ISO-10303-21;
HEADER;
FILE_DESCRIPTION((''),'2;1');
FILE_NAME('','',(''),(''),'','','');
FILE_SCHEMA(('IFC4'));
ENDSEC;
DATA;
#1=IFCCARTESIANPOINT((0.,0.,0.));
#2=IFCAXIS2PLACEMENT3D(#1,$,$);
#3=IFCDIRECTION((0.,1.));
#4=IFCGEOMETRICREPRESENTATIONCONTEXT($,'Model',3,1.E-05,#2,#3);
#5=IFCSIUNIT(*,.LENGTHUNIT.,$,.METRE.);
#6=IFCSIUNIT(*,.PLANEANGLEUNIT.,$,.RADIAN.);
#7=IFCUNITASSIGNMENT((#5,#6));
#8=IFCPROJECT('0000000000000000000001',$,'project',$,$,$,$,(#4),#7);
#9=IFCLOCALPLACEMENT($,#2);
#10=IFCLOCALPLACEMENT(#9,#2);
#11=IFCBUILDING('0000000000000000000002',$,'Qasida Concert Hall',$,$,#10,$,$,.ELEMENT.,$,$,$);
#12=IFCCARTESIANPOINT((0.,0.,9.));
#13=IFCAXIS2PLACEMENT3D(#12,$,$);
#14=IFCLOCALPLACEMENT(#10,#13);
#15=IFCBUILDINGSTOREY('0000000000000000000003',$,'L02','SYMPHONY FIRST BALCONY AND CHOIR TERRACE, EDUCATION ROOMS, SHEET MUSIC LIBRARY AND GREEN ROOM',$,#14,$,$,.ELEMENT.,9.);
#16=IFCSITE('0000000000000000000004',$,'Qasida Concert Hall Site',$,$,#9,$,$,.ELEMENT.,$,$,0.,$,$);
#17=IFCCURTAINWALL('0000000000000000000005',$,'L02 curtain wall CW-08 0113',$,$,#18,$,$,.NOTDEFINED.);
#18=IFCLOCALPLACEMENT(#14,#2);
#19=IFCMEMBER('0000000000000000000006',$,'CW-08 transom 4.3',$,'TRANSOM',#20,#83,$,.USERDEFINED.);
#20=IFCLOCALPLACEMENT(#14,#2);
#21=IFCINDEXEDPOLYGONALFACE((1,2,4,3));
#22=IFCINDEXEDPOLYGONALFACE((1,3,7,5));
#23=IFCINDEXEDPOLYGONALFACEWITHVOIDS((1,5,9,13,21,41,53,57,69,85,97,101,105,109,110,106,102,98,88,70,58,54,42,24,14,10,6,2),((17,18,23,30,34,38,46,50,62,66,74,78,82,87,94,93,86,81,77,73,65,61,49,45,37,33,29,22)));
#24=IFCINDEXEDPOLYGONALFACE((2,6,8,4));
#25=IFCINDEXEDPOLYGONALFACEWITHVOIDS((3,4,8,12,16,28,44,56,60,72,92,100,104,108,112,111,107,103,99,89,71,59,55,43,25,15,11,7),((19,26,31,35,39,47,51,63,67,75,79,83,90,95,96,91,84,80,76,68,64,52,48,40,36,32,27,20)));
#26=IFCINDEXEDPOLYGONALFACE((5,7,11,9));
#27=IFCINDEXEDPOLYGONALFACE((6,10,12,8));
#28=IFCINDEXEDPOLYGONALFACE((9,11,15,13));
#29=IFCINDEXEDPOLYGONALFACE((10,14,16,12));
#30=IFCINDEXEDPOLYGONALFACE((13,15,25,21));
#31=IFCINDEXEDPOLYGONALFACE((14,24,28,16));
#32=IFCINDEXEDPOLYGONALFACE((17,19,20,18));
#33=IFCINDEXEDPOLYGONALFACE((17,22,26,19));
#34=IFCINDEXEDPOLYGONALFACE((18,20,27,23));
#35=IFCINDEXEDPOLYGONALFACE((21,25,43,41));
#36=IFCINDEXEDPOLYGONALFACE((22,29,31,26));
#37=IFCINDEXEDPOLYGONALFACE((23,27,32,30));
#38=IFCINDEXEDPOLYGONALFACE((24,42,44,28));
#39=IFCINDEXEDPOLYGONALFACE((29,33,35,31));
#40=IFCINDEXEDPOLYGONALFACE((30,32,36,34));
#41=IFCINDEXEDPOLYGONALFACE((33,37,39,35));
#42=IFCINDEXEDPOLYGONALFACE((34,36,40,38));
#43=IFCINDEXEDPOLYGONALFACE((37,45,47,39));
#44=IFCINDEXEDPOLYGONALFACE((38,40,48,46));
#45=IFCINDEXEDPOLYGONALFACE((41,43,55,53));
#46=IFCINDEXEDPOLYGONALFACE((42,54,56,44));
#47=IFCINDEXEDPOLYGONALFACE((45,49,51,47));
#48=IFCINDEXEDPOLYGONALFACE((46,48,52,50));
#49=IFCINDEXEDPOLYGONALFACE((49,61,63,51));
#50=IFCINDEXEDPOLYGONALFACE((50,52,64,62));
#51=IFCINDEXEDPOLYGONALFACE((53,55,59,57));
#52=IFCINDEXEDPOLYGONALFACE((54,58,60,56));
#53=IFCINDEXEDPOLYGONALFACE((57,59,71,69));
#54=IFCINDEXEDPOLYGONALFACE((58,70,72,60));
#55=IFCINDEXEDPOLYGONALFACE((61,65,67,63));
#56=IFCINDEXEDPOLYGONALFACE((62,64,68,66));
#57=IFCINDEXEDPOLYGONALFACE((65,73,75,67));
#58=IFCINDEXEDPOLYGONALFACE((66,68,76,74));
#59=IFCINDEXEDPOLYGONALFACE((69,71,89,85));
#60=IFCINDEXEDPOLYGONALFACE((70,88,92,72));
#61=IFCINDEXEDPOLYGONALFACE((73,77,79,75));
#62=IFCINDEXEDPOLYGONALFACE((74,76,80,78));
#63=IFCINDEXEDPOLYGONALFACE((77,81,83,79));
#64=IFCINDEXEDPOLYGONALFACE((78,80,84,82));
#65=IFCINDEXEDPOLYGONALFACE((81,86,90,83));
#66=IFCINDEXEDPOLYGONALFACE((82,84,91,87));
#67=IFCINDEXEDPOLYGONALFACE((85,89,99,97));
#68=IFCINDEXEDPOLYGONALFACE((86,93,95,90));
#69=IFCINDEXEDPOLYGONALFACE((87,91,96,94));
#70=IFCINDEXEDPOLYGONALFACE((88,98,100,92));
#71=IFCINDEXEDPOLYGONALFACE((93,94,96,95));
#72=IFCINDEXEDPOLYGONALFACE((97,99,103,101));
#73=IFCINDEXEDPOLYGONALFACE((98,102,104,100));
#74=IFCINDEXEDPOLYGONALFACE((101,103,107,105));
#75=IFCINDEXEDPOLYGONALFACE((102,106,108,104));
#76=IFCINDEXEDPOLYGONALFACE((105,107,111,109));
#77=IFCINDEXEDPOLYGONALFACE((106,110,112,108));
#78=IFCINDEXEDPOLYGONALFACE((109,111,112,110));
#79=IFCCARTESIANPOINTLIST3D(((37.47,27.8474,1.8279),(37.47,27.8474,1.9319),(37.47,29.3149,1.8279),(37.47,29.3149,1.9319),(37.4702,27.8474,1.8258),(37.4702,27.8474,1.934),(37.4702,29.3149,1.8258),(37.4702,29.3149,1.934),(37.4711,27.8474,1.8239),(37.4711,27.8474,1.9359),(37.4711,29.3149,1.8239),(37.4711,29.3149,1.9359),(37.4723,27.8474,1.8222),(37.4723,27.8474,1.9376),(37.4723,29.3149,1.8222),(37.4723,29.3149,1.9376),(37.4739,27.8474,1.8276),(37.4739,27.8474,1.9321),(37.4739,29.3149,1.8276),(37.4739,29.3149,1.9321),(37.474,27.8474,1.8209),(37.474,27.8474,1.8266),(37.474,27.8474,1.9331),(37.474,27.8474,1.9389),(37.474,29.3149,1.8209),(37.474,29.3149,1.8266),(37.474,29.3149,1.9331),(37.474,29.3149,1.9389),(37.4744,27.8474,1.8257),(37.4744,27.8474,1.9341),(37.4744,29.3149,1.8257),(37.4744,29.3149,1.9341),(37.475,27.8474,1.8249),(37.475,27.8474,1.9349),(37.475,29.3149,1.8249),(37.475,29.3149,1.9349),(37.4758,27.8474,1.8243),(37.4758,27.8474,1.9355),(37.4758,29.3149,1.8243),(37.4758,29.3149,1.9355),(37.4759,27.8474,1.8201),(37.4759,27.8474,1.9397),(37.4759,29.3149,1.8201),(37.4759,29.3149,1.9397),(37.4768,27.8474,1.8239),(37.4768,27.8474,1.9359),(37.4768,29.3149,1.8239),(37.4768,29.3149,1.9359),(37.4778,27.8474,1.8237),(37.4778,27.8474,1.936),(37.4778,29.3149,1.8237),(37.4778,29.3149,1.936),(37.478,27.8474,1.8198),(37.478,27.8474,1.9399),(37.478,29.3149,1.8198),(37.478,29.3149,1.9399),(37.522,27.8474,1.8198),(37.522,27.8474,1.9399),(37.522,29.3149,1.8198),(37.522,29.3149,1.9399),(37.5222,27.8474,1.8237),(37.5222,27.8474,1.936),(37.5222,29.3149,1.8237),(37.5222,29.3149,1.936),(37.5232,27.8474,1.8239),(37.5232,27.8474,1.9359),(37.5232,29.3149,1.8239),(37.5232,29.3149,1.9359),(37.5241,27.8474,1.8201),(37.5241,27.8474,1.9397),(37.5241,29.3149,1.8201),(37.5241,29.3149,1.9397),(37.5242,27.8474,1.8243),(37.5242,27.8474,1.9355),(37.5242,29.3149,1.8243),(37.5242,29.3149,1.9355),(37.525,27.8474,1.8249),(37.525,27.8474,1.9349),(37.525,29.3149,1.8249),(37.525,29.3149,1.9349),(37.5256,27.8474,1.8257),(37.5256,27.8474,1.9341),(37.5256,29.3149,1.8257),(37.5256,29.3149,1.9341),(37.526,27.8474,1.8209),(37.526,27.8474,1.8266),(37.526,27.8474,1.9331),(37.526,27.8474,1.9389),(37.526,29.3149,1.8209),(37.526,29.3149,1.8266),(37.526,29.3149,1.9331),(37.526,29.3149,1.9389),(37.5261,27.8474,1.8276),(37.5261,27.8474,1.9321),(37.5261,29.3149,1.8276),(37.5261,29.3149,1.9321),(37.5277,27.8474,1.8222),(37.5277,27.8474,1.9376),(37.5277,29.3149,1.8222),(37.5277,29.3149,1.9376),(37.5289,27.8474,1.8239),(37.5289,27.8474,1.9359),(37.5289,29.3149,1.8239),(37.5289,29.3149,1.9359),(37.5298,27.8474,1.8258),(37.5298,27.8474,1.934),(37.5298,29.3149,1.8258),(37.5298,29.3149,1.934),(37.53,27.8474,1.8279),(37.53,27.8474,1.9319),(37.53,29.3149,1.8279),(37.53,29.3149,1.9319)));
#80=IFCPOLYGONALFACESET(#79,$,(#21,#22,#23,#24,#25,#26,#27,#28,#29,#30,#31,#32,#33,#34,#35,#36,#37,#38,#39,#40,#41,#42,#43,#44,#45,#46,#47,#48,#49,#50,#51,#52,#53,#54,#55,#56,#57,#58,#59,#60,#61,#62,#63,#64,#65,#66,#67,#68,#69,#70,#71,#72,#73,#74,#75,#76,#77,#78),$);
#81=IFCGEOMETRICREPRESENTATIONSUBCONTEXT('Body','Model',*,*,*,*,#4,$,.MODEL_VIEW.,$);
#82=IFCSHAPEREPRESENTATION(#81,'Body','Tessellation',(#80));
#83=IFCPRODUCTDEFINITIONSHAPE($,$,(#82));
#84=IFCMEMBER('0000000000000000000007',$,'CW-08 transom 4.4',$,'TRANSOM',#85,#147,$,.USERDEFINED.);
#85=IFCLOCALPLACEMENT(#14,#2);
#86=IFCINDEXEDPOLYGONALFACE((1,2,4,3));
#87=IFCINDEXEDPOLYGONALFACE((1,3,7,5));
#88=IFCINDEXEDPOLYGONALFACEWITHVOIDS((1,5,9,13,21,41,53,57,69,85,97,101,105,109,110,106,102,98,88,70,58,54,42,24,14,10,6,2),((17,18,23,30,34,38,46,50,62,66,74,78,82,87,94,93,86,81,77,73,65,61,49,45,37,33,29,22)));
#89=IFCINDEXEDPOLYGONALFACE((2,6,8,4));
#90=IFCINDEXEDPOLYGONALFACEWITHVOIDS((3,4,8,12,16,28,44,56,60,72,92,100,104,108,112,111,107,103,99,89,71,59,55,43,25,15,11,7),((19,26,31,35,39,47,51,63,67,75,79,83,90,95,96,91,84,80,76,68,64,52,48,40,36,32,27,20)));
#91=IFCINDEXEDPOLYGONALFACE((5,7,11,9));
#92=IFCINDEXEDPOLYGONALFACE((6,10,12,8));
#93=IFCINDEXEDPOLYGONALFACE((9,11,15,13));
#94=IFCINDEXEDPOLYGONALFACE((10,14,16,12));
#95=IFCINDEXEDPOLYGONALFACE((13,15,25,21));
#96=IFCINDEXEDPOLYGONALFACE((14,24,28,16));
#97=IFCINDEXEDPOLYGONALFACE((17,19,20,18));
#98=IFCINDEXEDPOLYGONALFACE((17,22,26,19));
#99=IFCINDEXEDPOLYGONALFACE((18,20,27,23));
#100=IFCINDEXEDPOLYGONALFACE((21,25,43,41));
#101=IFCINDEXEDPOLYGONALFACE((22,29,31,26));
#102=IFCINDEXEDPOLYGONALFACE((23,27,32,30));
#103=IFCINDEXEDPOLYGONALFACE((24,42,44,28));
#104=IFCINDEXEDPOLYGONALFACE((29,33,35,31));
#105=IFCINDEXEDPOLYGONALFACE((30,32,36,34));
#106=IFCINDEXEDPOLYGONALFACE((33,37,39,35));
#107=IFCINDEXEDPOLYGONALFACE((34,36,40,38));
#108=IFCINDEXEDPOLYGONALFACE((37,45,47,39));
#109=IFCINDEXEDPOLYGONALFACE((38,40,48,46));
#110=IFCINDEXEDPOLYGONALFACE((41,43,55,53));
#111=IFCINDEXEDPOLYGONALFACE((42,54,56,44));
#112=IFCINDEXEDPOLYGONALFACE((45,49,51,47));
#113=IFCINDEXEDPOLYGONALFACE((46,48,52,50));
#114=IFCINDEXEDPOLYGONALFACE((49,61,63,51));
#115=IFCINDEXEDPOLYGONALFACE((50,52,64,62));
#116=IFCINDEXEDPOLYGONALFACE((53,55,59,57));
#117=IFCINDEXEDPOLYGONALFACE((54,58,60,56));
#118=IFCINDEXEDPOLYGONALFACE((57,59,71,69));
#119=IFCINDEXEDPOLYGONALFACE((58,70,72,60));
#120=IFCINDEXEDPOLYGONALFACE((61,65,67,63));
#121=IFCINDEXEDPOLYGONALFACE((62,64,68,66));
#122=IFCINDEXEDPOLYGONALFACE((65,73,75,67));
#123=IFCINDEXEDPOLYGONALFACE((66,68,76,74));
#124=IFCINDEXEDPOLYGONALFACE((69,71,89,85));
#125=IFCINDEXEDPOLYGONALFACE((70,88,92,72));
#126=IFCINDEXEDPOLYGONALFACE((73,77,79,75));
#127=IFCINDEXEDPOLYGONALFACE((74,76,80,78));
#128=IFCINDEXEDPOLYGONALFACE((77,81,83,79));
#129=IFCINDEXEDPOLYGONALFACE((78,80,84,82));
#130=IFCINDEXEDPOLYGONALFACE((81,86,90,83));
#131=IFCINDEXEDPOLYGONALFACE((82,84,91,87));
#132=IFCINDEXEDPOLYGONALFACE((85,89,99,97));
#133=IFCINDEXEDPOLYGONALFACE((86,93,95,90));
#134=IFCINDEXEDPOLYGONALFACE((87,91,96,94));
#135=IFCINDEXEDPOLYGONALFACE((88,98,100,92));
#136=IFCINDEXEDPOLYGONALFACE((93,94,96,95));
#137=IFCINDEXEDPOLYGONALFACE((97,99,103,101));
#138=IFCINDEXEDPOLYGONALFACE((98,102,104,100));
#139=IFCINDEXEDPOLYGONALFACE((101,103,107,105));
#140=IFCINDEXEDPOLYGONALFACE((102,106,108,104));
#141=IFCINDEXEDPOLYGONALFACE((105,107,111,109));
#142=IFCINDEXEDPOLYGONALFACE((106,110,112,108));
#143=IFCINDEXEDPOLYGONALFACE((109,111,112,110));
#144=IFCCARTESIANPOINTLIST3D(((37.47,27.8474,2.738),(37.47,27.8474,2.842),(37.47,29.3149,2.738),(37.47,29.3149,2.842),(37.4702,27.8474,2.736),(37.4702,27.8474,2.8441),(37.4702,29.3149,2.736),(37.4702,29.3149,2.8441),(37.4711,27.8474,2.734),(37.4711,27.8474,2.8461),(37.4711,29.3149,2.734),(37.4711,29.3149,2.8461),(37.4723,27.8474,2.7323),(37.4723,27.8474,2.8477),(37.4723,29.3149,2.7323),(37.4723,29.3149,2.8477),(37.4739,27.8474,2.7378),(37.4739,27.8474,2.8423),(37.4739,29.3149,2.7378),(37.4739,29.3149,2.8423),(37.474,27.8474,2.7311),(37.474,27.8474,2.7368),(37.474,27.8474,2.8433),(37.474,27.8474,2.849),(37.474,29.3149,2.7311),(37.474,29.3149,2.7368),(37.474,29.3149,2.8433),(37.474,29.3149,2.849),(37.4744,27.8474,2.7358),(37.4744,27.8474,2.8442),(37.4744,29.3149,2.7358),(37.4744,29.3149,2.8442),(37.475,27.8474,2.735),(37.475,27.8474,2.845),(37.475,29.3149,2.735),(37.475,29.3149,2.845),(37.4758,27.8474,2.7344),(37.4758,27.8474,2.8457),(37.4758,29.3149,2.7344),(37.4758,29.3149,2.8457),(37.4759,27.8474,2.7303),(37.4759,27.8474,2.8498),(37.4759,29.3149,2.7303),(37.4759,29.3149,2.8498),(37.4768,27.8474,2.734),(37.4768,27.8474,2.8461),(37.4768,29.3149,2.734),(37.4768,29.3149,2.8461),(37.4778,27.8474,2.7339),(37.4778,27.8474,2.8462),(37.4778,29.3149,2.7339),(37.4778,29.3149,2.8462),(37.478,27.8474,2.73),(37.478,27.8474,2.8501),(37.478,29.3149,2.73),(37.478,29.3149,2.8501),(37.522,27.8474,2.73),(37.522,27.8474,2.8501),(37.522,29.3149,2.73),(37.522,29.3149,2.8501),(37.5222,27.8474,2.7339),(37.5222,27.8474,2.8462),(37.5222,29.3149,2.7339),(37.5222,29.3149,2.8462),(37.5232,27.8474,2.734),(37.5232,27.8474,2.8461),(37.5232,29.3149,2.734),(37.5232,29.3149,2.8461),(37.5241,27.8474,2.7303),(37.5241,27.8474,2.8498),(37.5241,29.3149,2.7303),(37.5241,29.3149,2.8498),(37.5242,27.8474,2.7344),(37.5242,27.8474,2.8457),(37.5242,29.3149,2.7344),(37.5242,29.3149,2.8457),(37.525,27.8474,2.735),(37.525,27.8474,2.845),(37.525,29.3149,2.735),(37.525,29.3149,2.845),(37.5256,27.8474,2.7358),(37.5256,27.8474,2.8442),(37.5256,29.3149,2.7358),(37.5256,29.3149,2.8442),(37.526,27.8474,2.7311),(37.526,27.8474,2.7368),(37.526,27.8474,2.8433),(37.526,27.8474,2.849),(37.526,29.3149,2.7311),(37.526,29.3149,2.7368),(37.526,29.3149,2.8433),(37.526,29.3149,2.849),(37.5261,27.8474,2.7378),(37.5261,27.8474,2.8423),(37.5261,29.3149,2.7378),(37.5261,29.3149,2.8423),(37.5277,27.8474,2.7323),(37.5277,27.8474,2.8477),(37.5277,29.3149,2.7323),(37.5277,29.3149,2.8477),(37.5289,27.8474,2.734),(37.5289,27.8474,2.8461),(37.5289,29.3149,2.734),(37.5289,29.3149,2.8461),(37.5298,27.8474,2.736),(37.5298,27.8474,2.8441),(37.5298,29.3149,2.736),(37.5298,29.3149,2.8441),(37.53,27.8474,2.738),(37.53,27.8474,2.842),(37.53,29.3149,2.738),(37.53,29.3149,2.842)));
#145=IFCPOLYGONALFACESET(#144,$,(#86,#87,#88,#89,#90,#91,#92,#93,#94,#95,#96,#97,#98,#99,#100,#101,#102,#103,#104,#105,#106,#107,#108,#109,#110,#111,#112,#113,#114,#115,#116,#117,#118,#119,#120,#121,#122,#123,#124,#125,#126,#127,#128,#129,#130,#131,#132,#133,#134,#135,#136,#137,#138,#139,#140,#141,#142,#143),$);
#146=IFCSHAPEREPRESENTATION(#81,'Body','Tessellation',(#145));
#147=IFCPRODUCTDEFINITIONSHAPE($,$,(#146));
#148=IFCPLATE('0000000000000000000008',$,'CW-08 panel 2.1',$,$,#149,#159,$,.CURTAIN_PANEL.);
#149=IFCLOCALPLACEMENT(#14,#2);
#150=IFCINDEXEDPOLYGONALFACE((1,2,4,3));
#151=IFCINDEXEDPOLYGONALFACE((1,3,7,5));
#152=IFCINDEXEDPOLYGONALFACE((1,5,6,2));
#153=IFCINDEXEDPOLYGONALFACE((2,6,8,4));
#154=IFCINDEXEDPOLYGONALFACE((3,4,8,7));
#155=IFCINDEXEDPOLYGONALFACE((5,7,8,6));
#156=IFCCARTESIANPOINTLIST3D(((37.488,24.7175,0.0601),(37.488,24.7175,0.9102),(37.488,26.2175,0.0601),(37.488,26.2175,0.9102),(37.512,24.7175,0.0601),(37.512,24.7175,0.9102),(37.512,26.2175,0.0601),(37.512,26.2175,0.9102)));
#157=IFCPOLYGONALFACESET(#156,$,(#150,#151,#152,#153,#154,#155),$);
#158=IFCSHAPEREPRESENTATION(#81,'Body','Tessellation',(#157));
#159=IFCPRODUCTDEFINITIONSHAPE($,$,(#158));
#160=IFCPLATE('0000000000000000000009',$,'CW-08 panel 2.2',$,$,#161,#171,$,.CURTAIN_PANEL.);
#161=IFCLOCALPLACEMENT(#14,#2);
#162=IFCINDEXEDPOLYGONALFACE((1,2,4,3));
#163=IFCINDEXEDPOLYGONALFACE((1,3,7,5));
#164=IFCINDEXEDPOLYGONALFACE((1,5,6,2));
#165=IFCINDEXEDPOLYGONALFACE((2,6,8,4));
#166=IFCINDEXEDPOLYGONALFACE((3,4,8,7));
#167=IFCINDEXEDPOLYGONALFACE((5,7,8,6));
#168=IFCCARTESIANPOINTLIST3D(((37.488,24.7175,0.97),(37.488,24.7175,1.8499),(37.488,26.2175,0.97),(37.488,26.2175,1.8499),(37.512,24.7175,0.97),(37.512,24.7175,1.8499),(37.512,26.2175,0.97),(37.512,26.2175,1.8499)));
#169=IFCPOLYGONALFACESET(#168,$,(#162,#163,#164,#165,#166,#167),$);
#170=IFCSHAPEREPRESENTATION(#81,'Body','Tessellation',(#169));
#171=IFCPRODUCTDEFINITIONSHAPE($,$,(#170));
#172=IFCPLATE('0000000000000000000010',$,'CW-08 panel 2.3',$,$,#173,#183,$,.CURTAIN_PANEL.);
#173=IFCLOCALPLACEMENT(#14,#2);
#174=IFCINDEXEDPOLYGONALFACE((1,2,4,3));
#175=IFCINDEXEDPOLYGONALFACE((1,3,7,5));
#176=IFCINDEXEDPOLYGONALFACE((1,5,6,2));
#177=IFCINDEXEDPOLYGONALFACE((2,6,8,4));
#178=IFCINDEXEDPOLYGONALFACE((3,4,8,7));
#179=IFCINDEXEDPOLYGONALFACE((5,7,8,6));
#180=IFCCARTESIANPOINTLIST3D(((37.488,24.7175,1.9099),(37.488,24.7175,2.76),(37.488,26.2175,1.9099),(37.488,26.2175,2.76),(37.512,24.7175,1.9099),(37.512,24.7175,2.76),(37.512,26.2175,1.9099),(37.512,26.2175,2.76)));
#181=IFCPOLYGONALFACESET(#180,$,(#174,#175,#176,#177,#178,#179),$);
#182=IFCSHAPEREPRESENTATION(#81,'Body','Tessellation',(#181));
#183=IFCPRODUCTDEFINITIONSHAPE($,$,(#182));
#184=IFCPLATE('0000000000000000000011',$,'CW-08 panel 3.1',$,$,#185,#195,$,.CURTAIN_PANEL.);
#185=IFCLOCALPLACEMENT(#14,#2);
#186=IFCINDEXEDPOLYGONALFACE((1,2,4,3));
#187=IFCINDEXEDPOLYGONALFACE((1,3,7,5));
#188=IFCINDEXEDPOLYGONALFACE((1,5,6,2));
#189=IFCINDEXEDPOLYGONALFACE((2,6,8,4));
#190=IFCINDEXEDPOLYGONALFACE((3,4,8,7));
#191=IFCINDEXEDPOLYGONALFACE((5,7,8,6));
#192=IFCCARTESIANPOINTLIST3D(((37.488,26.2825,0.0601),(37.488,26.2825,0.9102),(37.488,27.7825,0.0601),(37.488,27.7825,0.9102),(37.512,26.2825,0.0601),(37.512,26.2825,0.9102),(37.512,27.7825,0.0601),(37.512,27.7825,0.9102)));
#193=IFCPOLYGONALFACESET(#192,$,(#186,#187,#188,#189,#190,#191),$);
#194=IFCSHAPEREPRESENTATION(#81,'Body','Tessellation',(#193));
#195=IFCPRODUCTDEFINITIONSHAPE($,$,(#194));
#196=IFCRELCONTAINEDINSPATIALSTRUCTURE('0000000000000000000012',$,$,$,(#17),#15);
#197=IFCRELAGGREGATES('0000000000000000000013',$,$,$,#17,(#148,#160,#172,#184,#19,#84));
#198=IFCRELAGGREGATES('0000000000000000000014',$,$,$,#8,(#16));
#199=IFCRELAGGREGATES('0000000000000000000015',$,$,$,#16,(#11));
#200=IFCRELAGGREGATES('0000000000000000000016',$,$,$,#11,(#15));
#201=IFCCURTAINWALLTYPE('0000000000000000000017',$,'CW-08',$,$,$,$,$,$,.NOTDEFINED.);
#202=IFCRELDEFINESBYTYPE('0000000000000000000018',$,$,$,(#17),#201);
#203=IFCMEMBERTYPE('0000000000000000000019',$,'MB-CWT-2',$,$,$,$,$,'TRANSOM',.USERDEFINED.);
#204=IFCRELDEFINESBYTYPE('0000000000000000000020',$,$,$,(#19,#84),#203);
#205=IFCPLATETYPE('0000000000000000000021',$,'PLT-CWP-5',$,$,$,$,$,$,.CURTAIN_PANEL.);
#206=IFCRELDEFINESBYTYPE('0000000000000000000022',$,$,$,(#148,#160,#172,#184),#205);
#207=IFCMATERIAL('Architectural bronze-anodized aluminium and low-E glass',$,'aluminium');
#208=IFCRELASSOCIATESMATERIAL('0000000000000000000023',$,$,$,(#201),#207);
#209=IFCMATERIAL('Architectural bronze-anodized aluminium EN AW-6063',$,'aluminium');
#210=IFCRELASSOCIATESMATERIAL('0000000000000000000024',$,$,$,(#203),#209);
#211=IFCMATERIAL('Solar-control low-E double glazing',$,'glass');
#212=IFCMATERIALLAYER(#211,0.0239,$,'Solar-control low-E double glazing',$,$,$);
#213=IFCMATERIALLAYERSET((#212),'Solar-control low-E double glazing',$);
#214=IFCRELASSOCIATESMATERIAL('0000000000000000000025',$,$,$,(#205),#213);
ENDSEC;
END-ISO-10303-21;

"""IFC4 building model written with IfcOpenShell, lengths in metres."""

from ifc_helpers import new_model, si_unit, direction, frame, origin, origin_2d, place, context, subcontext, project, spatial, rectangle, hollow_rectangle, extrude, material, layer, layer_set, material_profile, profile_set, type_object, element, aggregate, save


model = new_model("IFC4")

# Units and contexts
model_context = context("Model", 3, precision=1e-05, world=origin(), true_north=direction((0.0, 1.0)))
body_context = subcontext(model_context, "Body", "Model", "MODEL_VIEW")
ifc_project = project(units=[si_unit("LENGTHUNIT", "METRE"), si_unit("PLANEANGLEUNIT", "RADIAN")], contexts=[model_context])

# Site, building, storey
site_placement = place(None, origin())
site = spatial("IfcSite", under=ifc_project, at=site_placement, Name="Qasida Concert Hall Site", CompositionType="ELEMENT", RefElevation=0.0)
building_placement = place(site_placement, origin())
building = spatial("IfcBuilding", under=site, at=building_placement, Name="Qasida Concert Hall", CompositionType="ELEMENT")
storey_placement = place(building_placement, frame((0.0, 0.0, 9.0)))
storey = spatial("IfcBuildingStorey", under=building, at=storey_placement, Name="L02", Description="SYMPHONY FIRST BALCONY AND CHOIR TERRACE, EDUCATION ROOMS, SHEET MUSIC LIBRARY AND GREEN ROOM", CompositionType="ELEMENT", Elevation=9.0)

# Curtain wall
ifc_material_1 = material(Name="Architectural bronze-anodized aluminium and low-E glass", Category="aluminium")
curtain_wall_type = type_object("IfcCurtainWallType", Name="CW-08", PredefinedType="NOTDEFINED", material=ifc_material_1)
curtain_wall_1_placement = place(storey_placement, origin())
curtain_wall_1 = element("IfcCurtainWall", 1, at=curtain_wall_1_placement, inside=storey, type_object=curtain_wall_type, Name="L02 curtain wall CW-08 0113", PredefinedType="NOTDEFINED")
ifc_material_2 = material(Name="Architectural bronze-anodized aluminium EN AW-6063", Category="aluminium")

# Members
ifc_material_profile_1 = material_profile(ifc_material_2, hollow_rectangle(XDim=0.0601, YDim=0.1201, WallThickness=0.0039, InnerFilletRadius=0.0039, OuterFilletRadius=0.0081, at=origin_2d()), Name="CWT 120x60x4")
ifc_profile_set_1 = profile_set([ifc_material_profile_1], Name="Architectural bronze-anodized aluminium EN AW-6063")
member_type_1 = type_object("IfcMemberType", Name="MB-CWT-2", ElementType="TRANSOM", PredefinedType="USERDEFINED", material=ifc_profile_set_1)
member_1_placement = place(storey_placement, frame((37.5, 27.8474, 1.8799), z_axis=(0.0, 1.0, 0.0), x_axis=(-1.0, 0.0, 0.0)))
member_1 = element("IfcMember", 2, at=member_1_placement, type_object=member_type_1, Name="CW-08 transom 4.3", ObjectType="TRANSOM", PredefinedType="USERDEFINED", context=body_context, shape_type="SweptSolid", body=[
    extrude(hollow_rectangle(XDim=0.0601, YDim=0.1201, WallThickness=0.0039, InnerFilletRadius=0.0039, OuterFilletRadius=0.0081, at=origin_2d()), origin(), (0.0, 0.0, 1.0), 1.4675),
])
member_2_placement = place(storey_placement, frame((37.5, 27.8474, 2.79), z_axis=(0.0, 1.0, 0.0), x_axis=(-1.0, 0.0, 0.0)))
member_2 = element("IfcMember", 3, at=member_2_placement, type_object=member_type_1, Name="CW-08 transom 4.4", ObjectType="TRANSOM", PredefinedType="USERDEFINED", context=body_context, shape_type="SweptSolid", body=[
    extrude(hollow_rectangle(XDim=0.0601, YDim=0.1201, WallThickness=0.0039, InnerFilletRadius=0.0039, OuterFilletRadius=0.0081, at=origin_2d()), origin(), (0.0, 0.0, 1.0), 1.4675),
])

# Plates
ifc_material_3 = material(Name="Solar-control low-E double glazing", Category="glass")
ifc_layer = layer(ifc_material_3, 0.0239, Name="Solar-control low-E double glazing")
ifc_layer_set = layer_set([ifc_layer], Name="Solar-control low-E double glazing")
plate_type = type_object("IfcPlateType", Name="PLT-CWP-5", PredefinedType="CURTAIN_PANEL", material=ifc_layer_set)
plate_1_placement = place(storey_placement, frame((37.5, 25.4675, 0.0601), z_axis=(0.0, 0.0, 1.0), x_axis=(0.0, 1.0, 0.0)))
plate_1 = element("IfcPlate", 4, at=plate_1_placement, type_object=plate_type, Name="CW-08 panel 2.1", PredefinedType="CURTAIN_PANEL", context=body_context, shape_type="SweptSolid", body=[
    extrude(rectangle(XDim=1.5, YDim=0.0239, at=origin_2d()), origin(), (0.0, 0.0, 1.0), 0.8501),
])
plate_2_placement = place(storey_placement, frame((37.5, 25.4675, 0.97), z_axis=(0.0, 0.0, 1.0), x_axis=(0.0, 1.0, 0.0)))
plate_2 = element("IfcPlate", 5, at=plate_2_placement, type_object=plate_type, Name="CW-08 panel 2.2", PredefinedType="CURTAIN_PANEL", context=body_context, shape_type="SweptSolid", body=[
    extrude(rectangle(XDim=1.5, YDim=0.0239, at=origin_2d()), origin(), (0.0, 0.0, 1.0), 0.8799),
])
plate_3_placement = place(storey_placement, frame((37.5, 25.4675, 1.9099), z_axis=(0.0, 0.0, 1.0), x_axis=(0.0, 1.0, 0.0)))
plate_3 = element("IfcPlate", 6, at=plate_3_placement, type_object=plate_type, Name="CW-08 panel 2.3", PredefinedType="CURTAIN_PANEL", context=body_context, shape_type="SweptSolid", body=[
    extrude(rectangle(XDim=1.5, YDim=0.0239, at=origin_2d()), origin(), (0.0, 0.0, 1.0), 0.8501),
])
plate_4_placement = place(storey_placement, frame((37.5, 27.0325, 0.0601), z_axis=(0.0, 0.0, 1.0), x_axis=(0.0, 1.0, 0.0)))
plate_4 = element("IfcPlate", 7, at=plate_4_placement, type_object=plate_type, Name="CW-08 panel 3.1", PredefinedType="CURTAIN_PANEL", context=body_context, shape_type="SweptSolid", body=[
    extrude(rectangle(XDim=1.5, YDim=0.0239, at=origin_2d()), origin(), (0.0, 0.0, 1.0), 0.8501),
])
aggregate(curtain_wall_1, [plate_1, plate_2, plate_3, plate_4, member_1, member_2])

save(model, "model.ifc")
